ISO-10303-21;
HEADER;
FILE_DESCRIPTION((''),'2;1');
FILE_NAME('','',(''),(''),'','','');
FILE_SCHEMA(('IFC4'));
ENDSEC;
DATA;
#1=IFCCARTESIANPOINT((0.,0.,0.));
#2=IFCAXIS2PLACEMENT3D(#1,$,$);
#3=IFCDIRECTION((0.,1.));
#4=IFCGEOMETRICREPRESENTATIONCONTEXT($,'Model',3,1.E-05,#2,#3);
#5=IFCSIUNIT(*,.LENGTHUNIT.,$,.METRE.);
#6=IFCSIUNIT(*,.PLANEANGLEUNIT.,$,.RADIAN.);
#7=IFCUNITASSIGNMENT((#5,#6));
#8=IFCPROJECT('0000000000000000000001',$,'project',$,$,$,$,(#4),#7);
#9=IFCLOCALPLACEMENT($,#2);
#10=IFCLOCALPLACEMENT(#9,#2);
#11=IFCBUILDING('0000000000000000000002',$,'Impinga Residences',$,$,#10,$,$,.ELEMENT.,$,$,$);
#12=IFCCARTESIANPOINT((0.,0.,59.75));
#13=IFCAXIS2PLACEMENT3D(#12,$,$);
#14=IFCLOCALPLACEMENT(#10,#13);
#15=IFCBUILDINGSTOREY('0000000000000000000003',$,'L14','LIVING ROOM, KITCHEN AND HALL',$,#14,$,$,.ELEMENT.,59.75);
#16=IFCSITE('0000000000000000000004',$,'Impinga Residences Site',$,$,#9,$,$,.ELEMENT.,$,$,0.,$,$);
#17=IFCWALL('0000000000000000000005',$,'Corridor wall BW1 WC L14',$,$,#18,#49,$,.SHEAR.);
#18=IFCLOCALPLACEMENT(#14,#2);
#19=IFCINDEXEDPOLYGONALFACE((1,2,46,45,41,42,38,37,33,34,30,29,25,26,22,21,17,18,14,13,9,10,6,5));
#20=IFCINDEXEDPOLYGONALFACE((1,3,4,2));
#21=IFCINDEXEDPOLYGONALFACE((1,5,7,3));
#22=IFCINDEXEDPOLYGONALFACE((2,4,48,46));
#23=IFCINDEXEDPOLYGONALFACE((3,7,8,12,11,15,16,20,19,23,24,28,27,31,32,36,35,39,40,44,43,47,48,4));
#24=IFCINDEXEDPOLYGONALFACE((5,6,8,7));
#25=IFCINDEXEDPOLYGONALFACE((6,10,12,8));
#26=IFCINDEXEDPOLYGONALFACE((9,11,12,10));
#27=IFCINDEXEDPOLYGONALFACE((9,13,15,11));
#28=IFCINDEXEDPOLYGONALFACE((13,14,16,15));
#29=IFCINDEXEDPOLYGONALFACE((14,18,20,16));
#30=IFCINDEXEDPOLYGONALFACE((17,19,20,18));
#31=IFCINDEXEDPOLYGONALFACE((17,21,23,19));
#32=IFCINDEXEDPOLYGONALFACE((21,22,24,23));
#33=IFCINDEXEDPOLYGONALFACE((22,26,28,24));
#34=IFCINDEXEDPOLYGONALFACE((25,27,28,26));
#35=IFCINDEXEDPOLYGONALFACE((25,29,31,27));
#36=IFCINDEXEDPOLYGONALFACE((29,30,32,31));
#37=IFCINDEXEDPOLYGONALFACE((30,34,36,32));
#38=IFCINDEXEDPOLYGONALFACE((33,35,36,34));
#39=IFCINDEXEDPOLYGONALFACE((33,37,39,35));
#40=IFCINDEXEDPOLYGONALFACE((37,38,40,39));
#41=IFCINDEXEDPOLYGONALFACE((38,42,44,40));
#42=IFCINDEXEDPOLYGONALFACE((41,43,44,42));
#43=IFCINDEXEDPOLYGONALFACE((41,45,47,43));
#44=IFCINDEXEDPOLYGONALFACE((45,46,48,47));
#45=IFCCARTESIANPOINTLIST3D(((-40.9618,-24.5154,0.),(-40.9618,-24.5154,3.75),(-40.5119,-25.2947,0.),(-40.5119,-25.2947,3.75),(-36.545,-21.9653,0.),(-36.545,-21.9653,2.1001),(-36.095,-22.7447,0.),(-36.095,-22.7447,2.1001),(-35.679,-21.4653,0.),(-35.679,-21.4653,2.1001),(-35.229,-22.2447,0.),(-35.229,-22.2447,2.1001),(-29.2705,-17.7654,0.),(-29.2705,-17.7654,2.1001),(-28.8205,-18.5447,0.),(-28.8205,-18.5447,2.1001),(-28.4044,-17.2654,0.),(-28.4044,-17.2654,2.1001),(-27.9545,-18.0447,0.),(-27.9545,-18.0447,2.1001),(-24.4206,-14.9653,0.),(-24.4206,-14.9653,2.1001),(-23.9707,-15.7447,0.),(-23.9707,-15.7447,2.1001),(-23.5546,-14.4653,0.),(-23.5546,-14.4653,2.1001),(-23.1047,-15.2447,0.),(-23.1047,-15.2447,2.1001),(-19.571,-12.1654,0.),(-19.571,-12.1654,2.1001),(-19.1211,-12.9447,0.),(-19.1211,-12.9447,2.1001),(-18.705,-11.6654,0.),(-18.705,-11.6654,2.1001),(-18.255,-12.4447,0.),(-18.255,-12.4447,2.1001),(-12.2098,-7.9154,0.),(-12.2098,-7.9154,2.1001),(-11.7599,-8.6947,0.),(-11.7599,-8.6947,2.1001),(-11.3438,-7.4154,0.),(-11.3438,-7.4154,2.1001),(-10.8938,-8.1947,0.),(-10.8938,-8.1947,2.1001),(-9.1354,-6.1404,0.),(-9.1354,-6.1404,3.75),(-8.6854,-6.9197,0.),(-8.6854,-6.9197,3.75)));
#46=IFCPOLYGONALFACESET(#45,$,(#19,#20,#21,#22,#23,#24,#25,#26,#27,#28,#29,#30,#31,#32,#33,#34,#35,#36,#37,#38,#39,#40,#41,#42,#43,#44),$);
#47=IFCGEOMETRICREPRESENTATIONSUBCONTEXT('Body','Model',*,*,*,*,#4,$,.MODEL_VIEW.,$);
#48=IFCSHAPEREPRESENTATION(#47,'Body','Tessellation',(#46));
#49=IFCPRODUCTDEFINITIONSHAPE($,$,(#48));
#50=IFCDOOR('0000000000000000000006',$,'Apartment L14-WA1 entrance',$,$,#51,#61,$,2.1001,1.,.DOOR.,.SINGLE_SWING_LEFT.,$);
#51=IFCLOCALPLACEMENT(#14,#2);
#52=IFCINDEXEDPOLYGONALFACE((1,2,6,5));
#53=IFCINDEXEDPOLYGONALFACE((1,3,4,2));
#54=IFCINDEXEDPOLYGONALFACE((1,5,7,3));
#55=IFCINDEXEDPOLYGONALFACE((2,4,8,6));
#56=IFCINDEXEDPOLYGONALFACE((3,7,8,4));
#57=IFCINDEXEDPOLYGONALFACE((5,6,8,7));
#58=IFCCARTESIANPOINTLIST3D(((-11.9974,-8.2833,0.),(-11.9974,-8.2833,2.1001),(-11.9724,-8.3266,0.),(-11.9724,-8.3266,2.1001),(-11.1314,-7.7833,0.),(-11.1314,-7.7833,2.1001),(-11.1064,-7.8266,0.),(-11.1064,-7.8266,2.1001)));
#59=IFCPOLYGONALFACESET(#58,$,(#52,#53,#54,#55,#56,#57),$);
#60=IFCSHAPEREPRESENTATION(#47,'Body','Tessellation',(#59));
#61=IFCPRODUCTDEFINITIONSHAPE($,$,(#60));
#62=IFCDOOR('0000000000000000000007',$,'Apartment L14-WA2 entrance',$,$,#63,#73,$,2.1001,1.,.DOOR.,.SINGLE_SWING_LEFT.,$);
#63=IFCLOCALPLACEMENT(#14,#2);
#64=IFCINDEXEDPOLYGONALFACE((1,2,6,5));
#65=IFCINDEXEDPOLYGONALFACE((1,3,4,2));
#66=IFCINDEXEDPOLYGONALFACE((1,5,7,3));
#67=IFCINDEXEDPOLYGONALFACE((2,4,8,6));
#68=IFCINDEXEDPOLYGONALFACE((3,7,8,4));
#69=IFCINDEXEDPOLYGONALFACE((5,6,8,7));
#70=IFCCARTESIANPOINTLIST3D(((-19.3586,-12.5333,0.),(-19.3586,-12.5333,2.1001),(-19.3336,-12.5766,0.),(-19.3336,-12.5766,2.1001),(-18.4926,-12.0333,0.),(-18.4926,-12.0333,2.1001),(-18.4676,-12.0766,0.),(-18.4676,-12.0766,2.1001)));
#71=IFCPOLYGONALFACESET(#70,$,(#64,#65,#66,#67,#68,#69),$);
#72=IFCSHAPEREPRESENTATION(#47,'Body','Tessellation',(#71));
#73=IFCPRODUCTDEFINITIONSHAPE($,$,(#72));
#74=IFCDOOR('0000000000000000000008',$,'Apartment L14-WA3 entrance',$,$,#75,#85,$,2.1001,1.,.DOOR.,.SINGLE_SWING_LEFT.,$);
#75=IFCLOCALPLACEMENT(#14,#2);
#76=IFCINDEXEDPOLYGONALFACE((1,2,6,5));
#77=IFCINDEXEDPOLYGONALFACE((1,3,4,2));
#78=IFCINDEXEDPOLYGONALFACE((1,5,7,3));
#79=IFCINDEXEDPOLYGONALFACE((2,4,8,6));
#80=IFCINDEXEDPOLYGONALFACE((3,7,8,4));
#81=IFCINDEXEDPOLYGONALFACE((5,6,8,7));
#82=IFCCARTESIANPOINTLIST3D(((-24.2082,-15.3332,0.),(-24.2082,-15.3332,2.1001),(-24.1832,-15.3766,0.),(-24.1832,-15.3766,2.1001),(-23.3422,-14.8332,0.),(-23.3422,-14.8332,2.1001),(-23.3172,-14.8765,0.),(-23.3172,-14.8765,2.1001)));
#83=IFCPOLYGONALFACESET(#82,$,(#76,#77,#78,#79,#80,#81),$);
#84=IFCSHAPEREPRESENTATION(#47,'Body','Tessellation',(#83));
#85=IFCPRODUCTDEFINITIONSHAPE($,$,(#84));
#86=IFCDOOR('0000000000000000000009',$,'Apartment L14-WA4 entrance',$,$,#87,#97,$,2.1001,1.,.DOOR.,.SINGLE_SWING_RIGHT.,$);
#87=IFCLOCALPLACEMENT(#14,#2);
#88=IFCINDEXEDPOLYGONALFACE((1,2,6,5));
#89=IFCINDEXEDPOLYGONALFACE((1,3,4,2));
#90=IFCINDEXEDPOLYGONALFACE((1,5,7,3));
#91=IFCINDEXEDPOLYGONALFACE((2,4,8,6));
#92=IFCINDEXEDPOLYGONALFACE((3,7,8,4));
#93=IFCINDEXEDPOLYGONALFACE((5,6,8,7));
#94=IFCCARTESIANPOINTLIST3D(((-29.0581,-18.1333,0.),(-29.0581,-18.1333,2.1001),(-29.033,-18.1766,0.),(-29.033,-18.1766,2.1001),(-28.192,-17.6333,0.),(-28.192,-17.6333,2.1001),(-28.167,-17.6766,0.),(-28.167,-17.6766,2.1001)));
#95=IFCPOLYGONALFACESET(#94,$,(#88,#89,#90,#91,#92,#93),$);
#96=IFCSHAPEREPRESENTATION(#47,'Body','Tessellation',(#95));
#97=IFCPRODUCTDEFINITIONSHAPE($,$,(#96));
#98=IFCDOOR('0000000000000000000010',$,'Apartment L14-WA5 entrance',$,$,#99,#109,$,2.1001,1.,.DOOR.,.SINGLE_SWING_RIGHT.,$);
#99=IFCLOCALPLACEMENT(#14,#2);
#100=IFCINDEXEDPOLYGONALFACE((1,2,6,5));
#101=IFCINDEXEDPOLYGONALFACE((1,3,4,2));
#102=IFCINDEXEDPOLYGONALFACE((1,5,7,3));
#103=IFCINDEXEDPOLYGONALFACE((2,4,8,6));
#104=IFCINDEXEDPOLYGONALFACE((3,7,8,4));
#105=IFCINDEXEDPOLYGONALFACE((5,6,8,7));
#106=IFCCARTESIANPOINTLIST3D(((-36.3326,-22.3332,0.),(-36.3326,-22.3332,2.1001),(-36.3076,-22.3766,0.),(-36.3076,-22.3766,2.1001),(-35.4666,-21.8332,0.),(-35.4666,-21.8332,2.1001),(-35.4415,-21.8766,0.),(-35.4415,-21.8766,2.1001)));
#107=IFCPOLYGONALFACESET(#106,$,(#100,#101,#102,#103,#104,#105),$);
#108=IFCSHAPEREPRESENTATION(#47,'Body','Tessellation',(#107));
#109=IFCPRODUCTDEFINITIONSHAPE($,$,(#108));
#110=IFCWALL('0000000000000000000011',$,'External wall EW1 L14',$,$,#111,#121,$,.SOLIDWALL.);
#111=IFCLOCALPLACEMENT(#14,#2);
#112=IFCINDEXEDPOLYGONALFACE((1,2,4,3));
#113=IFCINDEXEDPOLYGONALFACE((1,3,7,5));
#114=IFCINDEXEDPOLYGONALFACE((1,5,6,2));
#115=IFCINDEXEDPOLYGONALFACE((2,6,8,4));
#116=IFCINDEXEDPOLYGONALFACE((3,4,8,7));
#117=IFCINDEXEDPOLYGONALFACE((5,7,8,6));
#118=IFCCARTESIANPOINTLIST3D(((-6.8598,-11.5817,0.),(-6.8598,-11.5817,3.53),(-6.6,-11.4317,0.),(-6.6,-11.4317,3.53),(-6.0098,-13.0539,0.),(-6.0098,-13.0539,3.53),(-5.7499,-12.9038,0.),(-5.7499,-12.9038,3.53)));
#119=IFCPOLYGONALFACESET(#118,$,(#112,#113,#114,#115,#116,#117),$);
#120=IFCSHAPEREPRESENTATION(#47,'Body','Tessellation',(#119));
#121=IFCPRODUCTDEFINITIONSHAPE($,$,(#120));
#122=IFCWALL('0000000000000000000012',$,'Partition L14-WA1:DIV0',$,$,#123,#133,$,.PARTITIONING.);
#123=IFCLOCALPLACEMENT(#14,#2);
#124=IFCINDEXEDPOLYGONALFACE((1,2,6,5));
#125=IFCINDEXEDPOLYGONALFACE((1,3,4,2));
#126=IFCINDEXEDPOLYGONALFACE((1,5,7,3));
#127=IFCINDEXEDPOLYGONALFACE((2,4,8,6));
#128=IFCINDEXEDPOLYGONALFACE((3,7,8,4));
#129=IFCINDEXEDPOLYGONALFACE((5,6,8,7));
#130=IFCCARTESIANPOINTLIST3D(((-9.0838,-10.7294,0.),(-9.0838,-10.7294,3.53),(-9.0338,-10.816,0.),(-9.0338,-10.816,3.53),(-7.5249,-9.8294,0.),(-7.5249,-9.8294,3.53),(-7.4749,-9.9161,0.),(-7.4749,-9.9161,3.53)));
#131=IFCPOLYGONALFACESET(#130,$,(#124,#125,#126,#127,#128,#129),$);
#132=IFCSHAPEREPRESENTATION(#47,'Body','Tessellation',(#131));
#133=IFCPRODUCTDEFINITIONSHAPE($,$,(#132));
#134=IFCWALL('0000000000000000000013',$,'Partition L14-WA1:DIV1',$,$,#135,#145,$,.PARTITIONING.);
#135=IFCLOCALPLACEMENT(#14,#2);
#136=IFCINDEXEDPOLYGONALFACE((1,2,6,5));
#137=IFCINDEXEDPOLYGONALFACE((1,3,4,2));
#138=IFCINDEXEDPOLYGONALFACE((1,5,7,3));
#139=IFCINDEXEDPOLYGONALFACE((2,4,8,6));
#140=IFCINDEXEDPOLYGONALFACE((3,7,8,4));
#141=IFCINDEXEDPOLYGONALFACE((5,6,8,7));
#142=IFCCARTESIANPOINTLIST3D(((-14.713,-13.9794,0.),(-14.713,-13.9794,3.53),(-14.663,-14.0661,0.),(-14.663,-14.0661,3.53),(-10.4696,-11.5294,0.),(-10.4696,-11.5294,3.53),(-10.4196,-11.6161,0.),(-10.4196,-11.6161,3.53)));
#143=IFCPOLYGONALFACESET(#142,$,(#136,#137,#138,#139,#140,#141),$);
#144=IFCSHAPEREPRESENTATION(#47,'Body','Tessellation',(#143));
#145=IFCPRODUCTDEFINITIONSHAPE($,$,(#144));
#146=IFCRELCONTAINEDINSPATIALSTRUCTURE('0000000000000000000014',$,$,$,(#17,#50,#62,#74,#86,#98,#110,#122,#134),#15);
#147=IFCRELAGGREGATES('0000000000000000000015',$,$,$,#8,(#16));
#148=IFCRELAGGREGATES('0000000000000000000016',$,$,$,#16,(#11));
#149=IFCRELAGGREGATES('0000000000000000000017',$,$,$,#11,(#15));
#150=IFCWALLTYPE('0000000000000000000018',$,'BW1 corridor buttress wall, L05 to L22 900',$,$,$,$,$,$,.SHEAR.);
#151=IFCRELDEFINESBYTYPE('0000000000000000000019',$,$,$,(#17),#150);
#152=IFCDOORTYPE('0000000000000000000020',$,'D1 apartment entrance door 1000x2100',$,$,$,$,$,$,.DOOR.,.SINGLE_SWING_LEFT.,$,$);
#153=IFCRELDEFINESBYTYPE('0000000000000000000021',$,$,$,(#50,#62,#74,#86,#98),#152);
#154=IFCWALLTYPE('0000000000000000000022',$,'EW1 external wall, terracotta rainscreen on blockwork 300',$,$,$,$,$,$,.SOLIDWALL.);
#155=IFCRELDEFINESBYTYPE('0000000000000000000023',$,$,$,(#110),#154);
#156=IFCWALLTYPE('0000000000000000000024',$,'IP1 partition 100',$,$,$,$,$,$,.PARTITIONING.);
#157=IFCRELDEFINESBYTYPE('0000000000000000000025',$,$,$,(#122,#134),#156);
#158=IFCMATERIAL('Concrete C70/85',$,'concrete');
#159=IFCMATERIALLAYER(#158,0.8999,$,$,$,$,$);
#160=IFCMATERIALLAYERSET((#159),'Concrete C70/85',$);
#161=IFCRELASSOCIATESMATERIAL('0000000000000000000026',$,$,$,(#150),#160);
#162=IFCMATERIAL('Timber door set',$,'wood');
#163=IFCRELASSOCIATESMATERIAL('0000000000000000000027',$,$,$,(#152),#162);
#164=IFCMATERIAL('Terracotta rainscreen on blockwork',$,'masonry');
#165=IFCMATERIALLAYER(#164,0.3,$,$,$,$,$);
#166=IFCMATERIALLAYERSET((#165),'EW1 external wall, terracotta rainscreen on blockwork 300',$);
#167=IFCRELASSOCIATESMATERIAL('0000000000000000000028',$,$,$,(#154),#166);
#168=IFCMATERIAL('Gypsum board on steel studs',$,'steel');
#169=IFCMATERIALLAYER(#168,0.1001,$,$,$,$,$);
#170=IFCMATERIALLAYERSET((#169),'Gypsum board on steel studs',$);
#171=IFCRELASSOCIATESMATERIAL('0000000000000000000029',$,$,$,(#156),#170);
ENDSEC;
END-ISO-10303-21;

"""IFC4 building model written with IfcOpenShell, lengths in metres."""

from ifc_helpers import new_model, si_unit, direction, frame, frame_2d, origin, place, context, subcontext, project, spatial, rectangle, extrude, material, layer, layer_set, type_object, element, fill, save


model = new_model("IFC4")

# Units and contexts
model_context = context("Model", 3, precision=1e-05, world=origin(), true_north=direction((0.0, 1.0)))
body_context = subcontext(model_context, "Body", "Model", "MODEL_VIEW")
ifc_project = project(units=[si_unit("LENGTHUNIT", "METRE"), si_unit("PLANEANGLEUNIT", "RADIAN")], contexts=[model_context])

# Site, building, storey
site_placement = place(None, origin())
site = spatial("IfcSite", under=ifc_project, at=site_placement, Name="Impinga Residences Site", CompositionType="ELEMENT", RefElevation=0.0)
building_placement = place(site_placement, origin())
building = spatial("IfcBuilding", under=site, at=building_placement, Name="Impinga Residences", CompositionType="ELEMENT")
storey_placement = place(building_placement, frame((0.0, 0.0, 59.75)))
storey = spatial("IfcBuildingStorey", under=building, at=storey_placement, Name="L14", Description="LIVING ROOM, KITCHEN AND HALL", CompositionType="ELEMENT", Elevation=59.75)

# Wall, openings, doors
ifc_material_1 = material(Name="Concrete C70/85", Category="concrete")
ifc_layer_1 = layer(ifc_material_1, 0.8999)
ifc_layer_set_1 = layer_set([ifc_layer_1], Name="Concrete C70/85")
wall_type_1 = type_object("IfcWallType", Name="BW1 corridor buttress wall, L05 to L22 900", PredefinedType="SHEAR", material=ifc_layer_set_1)
wall_1_placement = place(storey_placement, frame((-8.9104, -6.53, 0.0), z_axis=(0.0, 0.0, 1.0), x_axis=(-0.866025, -0.5, 0.0)))
wall_1 = element("IfcWall", 1, at=wall_1_placement, inside=storey, type_object=wall_type_1, Name="Corridor wall BW1 WC L14", PredefinedType="SHEAR", context=body_context, shape_type="SweptSolid", body=[
    extrude(rectangle(XDim=36.75, YDim=0.8999, at=frame_2d((18.375, 0.0))), origin(), (0.0, 0.0, 1.0), 3.75),
])
opening_1_placement = place(wall_1_placement, frame((2.55, 0.0, 0.0)))
opening_1 = element("IfcOpeningElement", 2, at=opening_1_placement, cuts=wall_1, PredefinedType="OPENING", context=body_context, shape_type="SweptSolid", body=[
    extrude(rectangle(XDim=1.0, YDim=2.1001, at=frame_2d((0.5, 1.05))), frame((0.0, 0.46, 0.0), z_axis=(0.0, -1.0, 0.0), x_axis=(1.0, 0.0, 0.0)), (0.0, 0.0, 1.0), 0.9199),
])
opening_2_placement = place(wall_1_placement, frame((11.05, 0.0, 0.0)))
opening_2 = element("IfcOpeningElement", 3, at=opening_2_placement, cuts=wall_1, PredefinedType="OPENING", context=body_context, shape_type="SweptSolid", body=[
    extrude(rectangle(XDim=1.0, YDim=2.1001, at=frame_2d((0.5, 1.05))), frame((0.0, 0.46, 0.0), z_axis=(0.0, -1.0, 0.0), x_axis=(1.0, 0.0, 0.0)), (0.0, 0.0, 1.0), 0.9199),
])
opening_3_placement = place(wall_1_placement, frame((16.6499, 0.0, 0.0)))
opening_3 = element("IfcOpeningElement", 4, at=opening_3_placement, cuts=wall_1, PredefinedType="OPENING", context=body_context, shape_type="SweptSolid", body=[
    extrude(rectangle(XDim=1.0, YDim=2.1001, at=frame_2d((0.5, 1.05))), frame((0.0, 0.46, 0.0), z_axis=(0.0, -1.0, 0.0), x_axis=(1.0, 0.0, 0.0)), (0.0, 0.0, 1.0), 0.9199),
])
opening_4_placement = place(wall_1_placement, frame((22.25, 0.0, 0.0)))
opening_4 = element("IfcOpeningElement", 5, at=opening_4_placement, cuts=wall_1, PredefinedType="OPENING", context=body_context, shape_type="SweptSolid", body=[
    extrude(rectangle(XDim=1.0, YDim=2.1001, at=frame_2d((0.5, 1.05))), frame((0.0, 0.46, 0.0), z_axis=(0.0, -1.0, 0.0), x_axis=(1.0, 0.0, 0.0)), (0.0, 0.0, 1.0), 0.9199),
])
opening_5_placement = place(wall_1_placement, frame((30.6499, 0.0, 0.0)))
opening_5 = element("IfcOpeningElement", 6, at=opening_5_placement, cuts=wall_1, PredefinedType="OPENING", context=body_context, shape_type="SweptSolid", body=[
    extrude(rectangle(XDim=1.0, YDim=2.1001, at=frame_2d((0.5, 1.05))), frame((0.0, 0.46, 0.0), z_axis=(0.0, -1.0, 0.0), x_axis=(1.0, 0.0, 0.0)), (0.0, 0.0, 1.0), 0.9199),
])
ifc_material_2 = material(Name="Timber door set", Category="wood")
door_type_1 = type_object("IfcDoorType", Name="D1 apartment entrance door 1000x2100", OperationType="SINGLE_SWING_LEFT", PredefinedType="DOOR", material=ifc_material_2)
door_1_placement = place(opening_1_placement, origin())
door_1 = element("IfcDoor", 7, at=door_1_placement, inside=storey, type_object=door_type_1, Name="Apartment L14-WA1 entrance", OperationType="SINGLE_SWING_LEFT", OverallHeight=2.1001, OverallWidth=1.0, PredefinedType="DOOR", context=body_context, shape_type="SweptSolid", body=[
    extrude(rectangle(XDim=1.0, YDim=2.1001, at=frame_2d((0.5, 1.05))), frame((0.0, 0.0249, 0.0), z_axis=(0.0, -1.0, 0.0), x_axis=(1.0, 0.0, 0.0)), (0.0, 0.0, 1.0), 0.05),
])
fill(opening_1, door_1)
door_2_placement = place(opening_2_placement, origin())
door_2 = element("IfcDoor", 8, at=door_2_placement, inside=storey, type_object=door_type_1, Name="Apartment L14-WA2 entrance", OperationType="SINGLE_SWING_LEFT", OverallHeight=2.1001, OverallWidth=1.0, PredefinedType="DOOR", context=body_context, shape_type="SweptSolid", body=[
    extrude(rectangle(XDim=1.0, YDim=2.1001, at=frame_2d((0.5, 1.05))), frame((0.0, 0.0249, 0.0), z_axis=(0.0, -1.0, 0.0), x_axis=(1.0, 0.0, 0.0)), (0.0, 0.0, 1.0), 0.05),
])
fill(opening_2, door_2)
door_3_placement = place(opening_3_placement, origin())
door_3 = element("IfcDoor", 9, at=door_3_placement, inside=storey, type_object=door_type_1, Name="Apartment L14-WA3 entrance", OperationType="SINGLE_SWING_LEFT", OverallHeight=2.1001, OverallWidth=1.0, PredefinedType="DOOR", context=body_context, shape_type="SweptSolid", body=[
    extrude(rectangle(XDim=1.0, YDim=2.1001, at=frame_2d((0.5, 1.05))), frame((0.0, 0.0249, 0.0), z_axis=(0.0, -1.0, 0.0), x_axis=(1.0, 0.0, 0.0)), (0.0, 0.0, 1.0), 0.05),
])
fill(opening_3, door_3)
door_4_placement = place(opening_4_placement, origin())
door_4 = element("IfcDoor", 10, at=door_4_placement, inside=storey, type_object=door_type_1, Name="Apartment L14-WA4 entrance", OperationType="SINGLE_SWING_RIGHT", OverallHeight=2.1001, OverallWidth=1.0, PredefinedType="DOOR", context=body_context, shape_type="SweptSolid", body=[
    extrude(rectangle(XDim=1.0, YDim=2.1001, at=frame_2d((0.5, 1.05))), frame((0.0, 0.0249, 0.0), z_axis=(0.0, -1.0, 0.0), x_axis=(1.0, 0.0, 0.0)), (0.0, 0.0, 1.0), 0.05),
])
fill(opening_4, door_4)
door_5_placement = place(opening_5_placement, origin())
door_5 = element("IfcDoor", 11, at=door_5_placement, inside=storey, type_object=door_type_1, Name="Apartment L14-WA5 entrance", OperationType="SINGLE_SWING_RIGHT", OverallHeight=2.1001, OverallWidth=1.0, PredefinedType="DOOR", context=body_context, shape_type="SweptSolid", body=[
    extrude(rectangle(XDim=1.0, YDim=2.1001, at=frame_2d((0.5, 1.05))), frame((0.0, 0.0249, 0.0), z_axis=(0.0, -1.0, 0.0), x_axis=(1.0, 0.0, 0.0)), (0.0, 0.0, 1.0), 0.05),
])
fill(opening_5, door_5)

# Walls
ifc_material_3 = material(Name="Terracotta rainscreen on blockwork", Category="masonry")
ifc_layer_2 = layer(ifc_material_3, 0.3)
ifc_layer_set_2 = layer_set([ifc_layer_2], Name="EW1 external wall, terracotta rainscreen on blockwork 300")
wall_type_2 = type_object("IfcWallType", Name="EW1 external wall, terracotta rainscreen on blockwork 300", PredefinedType="SOLIDWALL", material=ifc_layer_set_2)
wall_2_placement = place(storey_placement, frame((-6.73, -11.5066, 0.0), z_axis=(0.0, 0.0, 1.0), x_axis=(0.500062, -0.865989, 0.0)))
element("IfcWall", 12, at=wall_2_placement, inside=storey, type_object=wall_type_2, Name="External wall EW1 L14", PredefinedType="SOLIDWALL", context=body_context, shape_type="SweptSolid", body=[
    extrude(rectangle(XDim=1.7, YDim=0.3, at=frame_2d((0.8501, 0.0))), origin(), (0.0, 0.0, 1.0), 3.53),
])
ifc_material_4 = material(Name="Gypsum board on steel studs", Category="steel")
ifc_layer_3 = layer(ifc_material_4, 0.1001)
ifc_layer_set_3 = layer_set([ifc_layer_3], Name="Gypsum board on steel studs")
wall_type_3 = type_object("IfcWallType", Name="IP1 partition 100", PredefinedType="PARTITIONING", material=ifc_layer_set_3)
wall_3_placement = place(storey_placement, frame((-7.5, -9.8728, 0.0), z_axis=(0.0, 0.0, 1.0), x_axis=(-0.866048, -0.499961, 0.0)))
element("IfcWall", 13, at=wall_3_placement, inside=storey, type_object=wall_type_3, Name="Partition L14-WA1:DIV0", PredefinedType="PARTITIONING", context=body_context, shape_type="SweptSolid", body=[
    extrude(rectangle(XDim=1.8, YDim=0.1001, at=frame_2d((0.8999, 0.0))), origin(), (0.0, 0.0, 1.0), 3.53),
])
wall_4_placement = place(storey_placement, frame((-10.4446, -11.5728, 0.0), z_axis=(0.0, 0.0, 1.0), x_axis=(-0.866024, -0.500003, 0.0)))
element("IfcWall", 14, at=wall_4_placement, inside=storey, type_object=wall_type_3, Name="Partition L14-WA1:DIV1", PredefinedType="PARTITIONING", context=body_context, shape_type="SweptSolid", body=[
    extrude(rectangle(XDim=4.8999, YDim=0.1001, at=frame_2d((2.45, 0.0))), origin(), (0.0, 0.0, 1.0), 3.53),
])

save(model, "model.ifc")
